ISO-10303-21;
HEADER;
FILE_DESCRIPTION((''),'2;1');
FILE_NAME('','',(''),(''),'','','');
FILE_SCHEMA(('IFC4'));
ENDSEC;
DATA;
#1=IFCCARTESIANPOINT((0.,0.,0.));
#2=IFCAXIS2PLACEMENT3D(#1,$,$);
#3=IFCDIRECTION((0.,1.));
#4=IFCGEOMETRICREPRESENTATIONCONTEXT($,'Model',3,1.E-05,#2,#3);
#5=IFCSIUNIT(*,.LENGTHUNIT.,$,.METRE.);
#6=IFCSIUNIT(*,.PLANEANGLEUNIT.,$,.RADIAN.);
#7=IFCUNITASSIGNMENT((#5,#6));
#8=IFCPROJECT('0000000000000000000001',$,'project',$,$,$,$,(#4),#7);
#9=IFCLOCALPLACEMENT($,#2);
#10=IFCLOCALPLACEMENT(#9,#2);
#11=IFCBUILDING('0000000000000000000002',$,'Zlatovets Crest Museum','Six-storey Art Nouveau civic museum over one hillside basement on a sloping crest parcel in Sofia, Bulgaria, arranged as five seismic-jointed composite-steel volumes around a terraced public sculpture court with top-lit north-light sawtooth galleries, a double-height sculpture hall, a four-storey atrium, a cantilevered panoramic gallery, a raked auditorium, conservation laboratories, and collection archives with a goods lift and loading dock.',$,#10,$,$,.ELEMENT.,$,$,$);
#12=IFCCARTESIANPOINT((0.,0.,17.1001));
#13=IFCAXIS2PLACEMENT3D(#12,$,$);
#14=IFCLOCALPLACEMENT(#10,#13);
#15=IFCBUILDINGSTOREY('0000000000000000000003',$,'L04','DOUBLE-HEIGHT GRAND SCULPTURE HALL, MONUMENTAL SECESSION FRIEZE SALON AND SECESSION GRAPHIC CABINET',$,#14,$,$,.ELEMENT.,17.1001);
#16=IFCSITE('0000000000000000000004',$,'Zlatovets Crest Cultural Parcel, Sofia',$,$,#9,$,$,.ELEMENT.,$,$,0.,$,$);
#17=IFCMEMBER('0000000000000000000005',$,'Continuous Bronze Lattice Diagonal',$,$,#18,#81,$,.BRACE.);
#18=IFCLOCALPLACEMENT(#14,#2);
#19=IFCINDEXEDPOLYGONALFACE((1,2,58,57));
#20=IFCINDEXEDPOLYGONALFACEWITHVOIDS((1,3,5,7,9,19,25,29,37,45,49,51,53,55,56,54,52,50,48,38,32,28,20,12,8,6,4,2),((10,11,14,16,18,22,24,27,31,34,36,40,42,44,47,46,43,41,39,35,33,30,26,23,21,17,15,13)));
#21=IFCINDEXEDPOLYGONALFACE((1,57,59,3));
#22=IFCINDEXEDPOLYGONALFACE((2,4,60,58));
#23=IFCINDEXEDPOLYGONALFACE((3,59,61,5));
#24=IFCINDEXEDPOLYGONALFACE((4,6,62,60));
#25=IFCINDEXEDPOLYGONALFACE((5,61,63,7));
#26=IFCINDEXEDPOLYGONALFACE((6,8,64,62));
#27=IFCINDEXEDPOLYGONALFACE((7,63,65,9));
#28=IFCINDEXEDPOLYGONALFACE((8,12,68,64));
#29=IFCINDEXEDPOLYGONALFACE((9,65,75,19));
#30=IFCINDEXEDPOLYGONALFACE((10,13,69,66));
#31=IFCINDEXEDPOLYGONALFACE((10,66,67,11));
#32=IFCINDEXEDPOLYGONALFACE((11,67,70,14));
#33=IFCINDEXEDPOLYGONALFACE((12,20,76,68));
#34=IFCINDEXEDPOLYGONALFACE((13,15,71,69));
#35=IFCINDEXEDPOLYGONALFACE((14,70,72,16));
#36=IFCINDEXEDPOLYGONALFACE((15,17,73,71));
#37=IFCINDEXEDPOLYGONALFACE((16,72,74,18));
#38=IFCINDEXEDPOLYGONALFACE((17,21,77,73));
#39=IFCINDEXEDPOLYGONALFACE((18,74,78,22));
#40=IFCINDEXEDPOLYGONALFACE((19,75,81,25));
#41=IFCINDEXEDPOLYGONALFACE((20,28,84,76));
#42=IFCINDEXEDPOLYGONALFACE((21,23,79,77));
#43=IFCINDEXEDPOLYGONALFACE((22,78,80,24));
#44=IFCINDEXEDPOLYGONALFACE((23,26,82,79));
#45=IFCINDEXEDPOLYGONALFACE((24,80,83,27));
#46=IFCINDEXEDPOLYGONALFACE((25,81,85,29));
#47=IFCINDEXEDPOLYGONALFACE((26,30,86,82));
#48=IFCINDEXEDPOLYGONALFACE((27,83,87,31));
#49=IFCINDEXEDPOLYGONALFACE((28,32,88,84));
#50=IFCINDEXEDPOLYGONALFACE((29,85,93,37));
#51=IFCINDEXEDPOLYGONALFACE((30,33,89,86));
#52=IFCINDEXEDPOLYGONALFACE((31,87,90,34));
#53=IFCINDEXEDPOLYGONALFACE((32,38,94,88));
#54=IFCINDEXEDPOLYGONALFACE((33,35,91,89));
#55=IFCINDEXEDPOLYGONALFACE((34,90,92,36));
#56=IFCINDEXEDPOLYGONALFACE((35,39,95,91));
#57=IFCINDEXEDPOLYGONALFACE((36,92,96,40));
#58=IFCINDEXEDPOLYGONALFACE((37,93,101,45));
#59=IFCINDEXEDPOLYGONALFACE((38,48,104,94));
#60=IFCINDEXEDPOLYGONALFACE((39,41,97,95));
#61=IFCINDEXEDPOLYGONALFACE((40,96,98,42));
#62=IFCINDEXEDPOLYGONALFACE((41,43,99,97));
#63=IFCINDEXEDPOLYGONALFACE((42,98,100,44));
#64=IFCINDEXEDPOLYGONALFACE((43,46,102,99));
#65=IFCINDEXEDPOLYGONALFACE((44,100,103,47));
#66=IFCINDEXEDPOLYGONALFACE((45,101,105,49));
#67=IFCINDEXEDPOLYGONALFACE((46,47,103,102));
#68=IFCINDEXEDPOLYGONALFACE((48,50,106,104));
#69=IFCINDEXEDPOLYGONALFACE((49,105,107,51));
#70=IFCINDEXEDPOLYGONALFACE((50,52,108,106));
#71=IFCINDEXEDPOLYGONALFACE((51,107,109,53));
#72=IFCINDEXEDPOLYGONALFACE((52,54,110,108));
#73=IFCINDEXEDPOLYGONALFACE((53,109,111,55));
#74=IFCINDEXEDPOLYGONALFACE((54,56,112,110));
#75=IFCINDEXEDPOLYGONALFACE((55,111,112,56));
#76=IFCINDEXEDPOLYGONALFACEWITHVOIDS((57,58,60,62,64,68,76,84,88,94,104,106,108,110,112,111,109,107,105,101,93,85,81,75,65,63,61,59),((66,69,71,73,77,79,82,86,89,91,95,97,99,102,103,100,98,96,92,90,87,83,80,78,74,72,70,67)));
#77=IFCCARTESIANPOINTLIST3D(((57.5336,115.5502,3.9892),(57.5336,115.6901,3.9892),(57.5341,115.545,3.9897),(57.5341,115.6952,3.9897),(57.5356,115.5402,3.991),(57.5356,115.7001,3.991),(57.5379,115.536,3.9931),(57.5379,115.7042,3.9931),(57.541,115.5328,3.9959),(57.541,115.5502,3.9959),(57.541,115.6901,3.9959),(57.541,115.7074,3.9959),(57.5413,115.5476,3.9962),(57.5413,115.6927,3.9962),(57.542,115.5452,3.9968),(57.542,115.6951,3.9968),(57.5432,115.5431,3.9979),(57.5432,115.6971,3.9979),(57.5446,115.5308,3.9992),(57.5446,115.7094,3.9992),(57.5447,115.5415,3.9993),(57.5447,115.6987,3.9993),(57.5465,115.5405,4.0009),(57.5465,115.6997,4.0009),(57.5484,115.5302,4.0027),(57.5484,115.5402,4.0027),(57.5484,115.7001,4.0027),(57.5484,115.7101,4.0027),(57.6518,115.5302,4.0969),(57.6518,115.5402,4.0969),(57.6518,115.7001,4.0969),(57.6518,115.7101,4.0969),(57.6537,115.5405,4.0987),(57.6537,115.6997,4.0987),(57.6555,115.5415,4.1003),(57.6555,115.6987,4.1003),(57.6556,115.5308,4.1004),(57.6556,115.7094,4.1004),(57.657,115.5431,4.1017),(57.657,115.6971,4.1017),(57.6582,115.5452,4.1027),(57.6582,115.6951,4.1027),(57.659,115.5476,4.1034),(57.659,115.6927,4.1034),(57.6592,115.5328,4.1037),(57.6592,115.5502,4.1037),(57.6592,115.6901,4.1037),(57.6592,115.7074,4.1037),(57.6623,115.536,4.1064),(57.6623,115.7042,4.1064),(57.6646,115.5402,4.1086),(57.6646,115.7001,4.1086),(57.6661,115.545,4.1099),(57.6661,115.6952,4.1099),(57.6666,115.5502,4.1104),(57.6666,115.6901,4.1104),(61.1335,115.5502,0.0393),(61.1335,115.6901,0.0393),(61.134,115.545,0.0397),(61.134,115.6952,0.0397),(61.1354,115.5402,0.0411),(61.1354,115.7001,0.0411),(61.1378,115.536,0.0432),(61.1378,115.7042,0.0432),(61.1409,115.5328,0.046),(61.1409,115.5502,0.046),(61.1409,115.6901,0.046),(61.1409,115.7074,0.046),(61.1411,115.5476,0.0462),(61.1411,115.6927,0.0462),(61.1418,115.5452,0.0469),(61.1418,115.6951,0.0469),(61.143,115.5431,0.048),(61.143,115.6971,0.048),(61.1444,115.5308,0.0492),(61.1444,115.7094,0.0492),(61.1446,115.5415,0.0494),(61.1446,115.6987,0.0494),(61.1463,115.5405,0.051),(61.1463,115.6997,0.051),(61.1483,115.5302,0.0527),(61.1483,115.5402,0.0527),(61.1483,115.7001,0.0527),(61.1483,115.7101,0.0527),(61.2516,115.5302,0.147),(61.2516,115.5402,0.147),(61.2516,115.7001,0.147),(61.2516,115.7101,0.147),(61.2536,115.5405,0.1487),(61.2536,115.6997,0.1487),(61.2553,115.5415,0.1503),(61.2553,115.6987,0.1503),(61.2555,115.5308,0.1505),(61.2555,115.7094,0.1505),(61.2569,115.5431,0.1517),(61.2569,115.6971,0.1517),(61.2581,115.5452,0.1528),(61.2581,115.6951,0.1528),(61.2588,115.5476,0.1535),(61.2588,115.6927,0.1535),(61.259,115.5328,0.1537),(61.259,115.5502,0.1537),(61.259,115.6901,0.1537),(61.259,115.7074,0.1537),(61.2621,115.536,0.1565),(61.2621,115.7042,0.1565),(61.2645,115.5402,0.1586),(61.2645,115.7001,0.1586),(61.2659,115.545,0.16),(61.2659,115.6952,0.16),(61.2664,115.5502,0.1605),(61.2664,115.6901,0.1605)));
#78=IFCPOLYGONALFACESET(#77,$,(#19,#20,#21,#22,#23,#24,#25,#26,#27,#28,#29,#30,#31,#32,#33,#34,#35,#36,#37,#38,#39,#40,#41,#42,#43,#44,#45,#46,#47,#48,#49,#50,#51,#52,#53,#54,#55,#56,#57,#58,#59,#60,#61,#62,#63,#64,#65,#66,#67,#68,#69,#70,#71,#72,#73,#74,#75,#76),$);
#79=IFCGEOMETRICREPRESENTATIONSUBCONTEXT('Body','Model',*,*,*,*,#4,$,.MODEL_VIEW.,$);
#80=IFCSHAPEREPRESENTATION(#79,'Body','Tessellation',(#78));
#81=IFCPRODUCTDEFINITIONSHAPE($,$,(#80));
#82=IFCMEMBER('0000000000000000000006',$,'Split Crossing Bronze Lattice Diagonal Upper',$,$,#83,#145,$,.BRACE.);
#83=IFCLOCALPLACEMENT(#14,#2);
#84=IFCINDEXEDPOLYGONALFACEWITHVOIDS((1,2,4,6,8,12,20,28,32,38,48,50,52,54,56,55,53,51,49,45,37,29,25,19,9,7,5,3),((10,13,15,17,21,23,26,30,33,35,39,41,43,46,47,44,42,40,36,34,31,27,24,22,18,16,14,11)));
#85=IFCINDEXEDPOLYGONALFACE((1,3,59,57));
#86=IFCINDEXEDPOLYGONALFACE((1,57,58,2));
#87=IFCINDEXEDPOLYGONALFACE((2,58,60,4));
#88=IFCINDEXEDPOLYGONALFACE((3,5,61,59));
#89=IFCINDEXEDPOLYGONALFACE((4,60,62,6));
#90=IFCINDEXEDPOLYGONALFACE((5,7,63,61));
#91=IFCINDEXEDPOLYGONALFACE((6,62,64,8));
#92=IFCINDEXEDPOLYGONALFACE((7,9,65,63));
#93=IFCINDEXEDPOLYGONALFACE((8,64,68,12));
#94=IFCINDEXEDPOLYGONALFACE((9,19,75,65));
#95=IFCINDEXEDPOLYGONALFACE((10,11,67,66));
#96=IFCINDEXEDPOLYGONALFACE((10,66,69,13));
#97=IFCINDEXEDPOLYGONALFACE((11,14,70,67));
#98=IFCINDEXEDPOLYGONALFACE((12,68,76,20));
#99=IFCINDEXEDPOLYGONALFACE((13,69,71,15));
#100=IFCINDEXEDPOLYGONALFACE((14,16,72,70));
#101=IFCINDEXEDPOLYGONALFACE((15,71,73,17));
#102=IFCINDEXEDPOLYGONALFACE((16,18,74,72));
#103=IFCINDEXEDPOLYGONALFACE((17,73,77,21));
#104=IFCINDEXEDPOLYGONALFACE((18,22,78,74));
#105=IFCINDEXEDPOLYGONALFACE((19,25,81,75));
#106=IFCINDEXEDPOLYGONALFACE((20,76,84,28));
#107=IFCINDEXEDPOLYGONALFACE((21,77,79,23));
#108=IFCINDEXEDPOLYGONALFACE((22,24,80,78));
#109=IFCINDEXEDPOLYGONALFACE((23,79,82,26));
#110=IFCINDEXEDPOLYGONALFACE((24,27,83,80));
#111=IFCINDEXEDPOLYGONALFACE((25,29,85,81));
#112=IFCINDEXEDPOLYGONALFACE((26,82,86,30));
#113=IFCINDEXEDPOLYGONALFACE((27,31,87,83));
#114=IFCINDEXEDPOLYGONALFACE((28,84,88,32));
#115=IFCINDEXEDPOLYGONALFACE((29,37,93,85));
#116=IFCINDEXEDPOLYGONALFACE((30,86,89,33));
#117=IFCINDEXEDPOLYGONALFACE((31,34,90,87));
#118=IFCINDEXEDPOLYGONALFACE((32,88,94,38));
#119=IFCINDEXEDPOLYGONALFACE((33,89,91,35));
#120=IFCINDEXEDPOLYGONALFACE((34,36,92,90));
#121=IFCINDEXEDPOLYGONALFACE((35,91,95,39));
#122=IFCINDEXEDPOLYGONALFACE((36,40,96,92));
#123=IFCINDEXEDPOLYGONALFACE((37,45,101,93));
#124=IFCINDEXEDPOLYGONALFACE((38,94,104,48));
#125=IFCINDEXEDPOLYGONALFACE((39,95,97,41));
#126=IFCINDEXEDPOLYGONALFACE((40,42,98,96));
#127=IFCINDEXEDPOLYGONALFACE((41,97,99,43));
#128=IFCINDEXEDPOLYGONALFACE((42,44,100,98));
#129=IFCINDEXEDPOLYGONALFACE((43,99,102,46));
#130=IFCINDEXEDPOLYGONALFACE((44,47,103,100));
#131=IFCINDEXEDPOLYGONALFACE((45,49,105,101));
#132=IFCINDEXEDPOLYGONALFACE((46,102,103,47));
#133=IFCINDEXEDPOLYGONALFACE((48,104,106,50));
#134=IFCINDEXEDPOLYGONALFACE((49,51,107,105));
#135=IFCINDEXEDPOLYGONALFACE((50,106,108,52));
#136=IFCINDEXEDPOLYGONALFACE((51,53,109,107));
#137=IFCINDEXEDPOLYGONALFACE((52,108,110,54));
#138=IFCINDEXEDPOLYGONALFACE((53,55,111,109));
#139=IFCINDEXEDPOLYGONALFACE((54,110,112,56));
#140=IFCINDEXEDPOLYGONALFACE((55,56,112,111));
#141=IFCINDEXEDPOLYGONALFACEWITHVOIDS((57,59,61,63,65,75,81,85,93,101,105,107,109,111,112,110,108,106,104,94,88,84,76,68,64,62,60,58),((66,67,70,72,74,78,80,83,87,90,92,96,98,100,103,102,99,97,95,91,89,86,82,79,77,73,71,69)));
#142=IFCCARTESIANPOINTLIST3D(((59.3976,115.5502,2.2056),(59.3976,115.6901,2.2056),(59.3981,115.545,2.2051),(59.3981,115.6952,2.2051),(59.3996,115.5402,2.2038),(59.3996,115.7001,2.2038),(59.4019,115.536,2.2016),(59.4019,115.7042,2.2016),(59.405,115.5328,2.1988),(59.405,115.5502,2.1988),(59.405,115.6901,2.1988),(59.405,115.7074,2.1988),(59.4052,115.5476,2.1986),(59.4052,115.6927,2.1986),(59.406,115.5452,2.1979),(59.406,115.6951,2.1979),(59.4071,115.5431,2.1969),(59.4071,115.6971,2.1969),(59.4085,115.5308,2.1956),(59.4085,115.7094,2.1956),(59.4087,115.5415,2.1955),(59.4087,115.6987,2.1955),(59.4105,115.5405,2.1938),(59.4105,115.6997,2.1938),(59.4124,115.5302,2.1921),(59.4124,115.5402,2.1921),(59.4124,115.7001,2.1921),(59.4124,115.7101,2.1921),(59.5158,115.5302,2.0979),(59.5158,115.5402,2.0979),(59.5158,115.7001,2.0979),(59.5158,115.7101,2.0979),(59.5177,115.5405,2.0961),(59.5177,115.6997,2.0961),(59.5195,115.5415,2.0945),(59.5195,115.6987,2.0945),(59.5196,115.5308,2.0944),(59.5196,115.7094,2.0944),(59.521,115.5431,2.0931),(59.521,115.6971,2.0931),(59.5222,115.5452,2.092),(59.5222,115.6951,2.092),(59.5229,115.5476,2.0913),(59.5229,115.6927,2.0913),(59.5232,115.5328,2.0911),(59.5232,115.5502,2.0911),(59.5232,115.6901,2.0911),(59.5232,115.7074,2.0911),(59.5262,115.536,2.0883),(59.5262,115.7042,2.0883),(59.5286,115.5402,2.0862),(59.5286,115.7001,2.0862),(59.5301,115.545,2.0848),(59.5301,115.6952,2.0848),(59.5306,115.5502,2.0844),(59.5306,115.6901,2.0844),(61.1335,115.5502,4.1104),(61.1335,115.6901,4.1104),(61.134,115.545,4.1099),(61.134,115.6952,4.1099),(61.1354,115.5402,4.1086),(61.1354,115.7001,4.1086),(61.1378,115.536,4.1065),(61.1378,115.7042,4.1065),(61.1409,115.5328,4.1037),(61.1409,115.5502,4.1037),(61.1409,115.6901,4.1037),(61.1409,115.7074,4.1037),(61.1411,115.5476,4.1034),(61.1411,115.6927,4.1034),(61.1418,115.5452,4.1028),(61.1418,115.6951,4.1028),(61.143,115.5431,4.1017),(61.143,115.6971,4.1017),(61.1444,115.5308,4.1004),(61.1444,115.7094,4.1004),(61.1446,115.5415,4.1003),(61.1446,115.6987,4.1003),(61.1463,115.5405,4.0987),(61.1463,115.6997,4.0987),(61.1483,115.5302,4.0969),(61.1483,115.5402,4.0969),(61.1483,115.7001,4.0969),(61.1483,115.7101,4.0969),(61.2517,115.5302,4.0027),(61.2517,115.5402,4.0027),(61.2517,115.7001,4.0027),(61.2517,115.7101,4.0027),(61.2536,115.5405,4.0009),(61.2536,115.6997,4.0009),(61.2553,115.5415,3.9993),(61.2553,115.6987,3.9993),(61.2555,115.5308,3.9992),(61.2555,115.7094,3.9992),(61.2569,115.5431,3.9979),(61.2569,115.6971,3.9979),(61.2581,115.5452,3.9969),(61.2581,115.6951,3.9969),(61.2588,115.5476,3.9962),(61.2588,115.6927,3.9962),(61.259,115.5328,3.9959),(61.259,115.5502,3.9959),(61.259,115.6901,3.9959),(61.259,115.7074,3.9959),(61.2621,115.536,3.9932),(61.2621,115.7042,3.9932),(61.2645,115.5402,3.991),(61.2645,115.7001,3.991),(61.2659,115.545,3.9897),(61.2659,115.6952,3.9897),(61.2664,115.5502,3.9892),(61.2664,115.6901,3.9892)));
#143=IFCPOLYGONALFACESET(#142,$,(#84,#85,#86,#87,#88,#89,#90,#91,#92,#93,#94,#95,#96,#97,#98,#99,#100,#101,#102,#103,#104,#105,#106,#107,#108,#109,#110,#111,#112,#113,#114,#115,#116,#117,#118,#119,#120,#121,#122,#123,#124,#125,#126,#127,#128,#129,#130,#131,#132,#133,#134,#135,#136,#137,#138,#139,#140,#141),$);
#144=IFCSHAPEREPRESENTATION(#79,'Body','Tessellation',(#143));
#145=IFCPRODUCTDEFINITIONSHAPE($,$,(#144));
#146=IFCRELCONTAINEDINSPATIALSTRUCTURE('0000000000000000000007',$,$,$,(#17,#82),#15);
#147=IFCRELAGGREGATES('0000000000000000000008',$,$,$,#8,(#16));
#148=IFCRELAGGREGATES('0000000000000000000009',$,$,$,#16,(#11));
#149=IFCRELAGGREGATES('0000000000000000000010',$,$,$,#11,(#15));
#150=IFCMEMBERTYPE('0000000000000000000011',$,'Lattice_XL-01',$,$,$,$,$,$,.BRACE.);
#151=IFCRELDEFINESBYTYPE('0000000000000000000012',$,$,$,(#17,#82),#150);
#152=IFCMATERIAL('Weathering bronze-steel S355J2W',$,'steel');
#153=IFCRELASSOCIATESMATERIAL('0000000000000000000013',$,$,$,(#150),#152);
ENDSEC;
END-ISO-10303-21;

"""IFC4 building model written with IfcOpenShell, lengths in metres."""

from ifc_helpers import new_model, si_unit, direction, frame, origin, origin_2d, place, context, subcontext, project, spatial, hollow_rectangle, extrude, material, material_profile, profile_set, type_object, element, save


model = new_model("IFC4")

# Units and contexts
model_context = context("Model", 3, precision=1e-05, world=origin(), true_north=direction((0.0, 1.0)))
body_context = subcontext(model_context, "Body", "Model", "MODEL_VIEW")
ifc_project = project(units=[si_unit("LENGTHUNIT", "METRE"), si_unit("PLANEANGLEUNIT", "RADIAN")], contexts=[model_context])

# Site, building, storey
site_placement = place(None, origin())
site = spatial("IfcSite", under=ifc_project, at=site_placement, Name="Zlatovets Crest Cultural Parcel, Sofia", CompositionType="ELEMENT", RefElevation=0.0)
building_placement = place(site_placement, origin())
building = spatial("IfcBuilding", under=site, at=building_placement, Name="Zlatovets Crest Museum", Description="Six-storey Art Nouveau civic museum over one hillside basement on a sloping crest parcel in Sofia, Bulgaria, arranged as five seismic-jointed composite-steel volumes around a terraced public sculpture court with top-lit north-light sawtooth galleries, a double-height sculpture hall, a four-storey atrium, a cantilevered panoramic gallery, a raked auditorium, conservation laboratories, and collection archives with a goods lift and loading dock.", CompositionType="ELEMENT")
storey_placement = place(building_placement, frame((0.0, 0.0, 17.1001)))
storey = spatial("IfcBuildingStorey", under=building, at=storey_placement, Name="L04", Description="DOUBLE-HEIGHT GRAND SCULPTURE HALL, MONUMENTAL SECESSION FRIEZE SALON AND SECESSION GRAPHIC CABINET", CompositionType="ELEMENT", Elevation=17.1001)

# Members
ifc_material_1 = material(Name="Weathering bronze-steel S355J2W", Category="steel")
ifc_material_profile_1 = material_profile(ifc_material_1, hollow_rectangle(XDim=0.1799, YDim=0.1799, WallThickness=0.01, InnerFilletRadius=0.01, OuterFilletRadius=0.02, at=origin_2d()), Name="SHS 180x180x10.0")
ifc_profile_set_1 = profile_set([ifc_material_profile_1], Name="Weathering bronze-steel S355J2W")
member_type_1 = type_object("IfcMemberType", Name="Lattice_XL-01", PredefinedType="BRACE", material=ifc_profile_set_1)
member_1_placement = place(storey_placement, frame((61.2, 115.6201, 0.0999), z_axis=(-0.673593, 0.0, 0.739102), x_axis=(0.0, -1.0, 0.0)))
element("IfcMember", 1, at=member_1_placement, inside=storey, type_object=member_type_1, Name="Continuous Bronze Lattice Diagonal", PredefinedType="BRACE", context=body_context, shape_type="SweptSolid", body=[
    extrude(hollow_rectangle(XDim=0.1799, YDim=0.1799, WallThickness=0.01, InnerFilletRadius=0.01, OuterFilletRadius=0.02, at=origin_2d()), origin(), (0.0, 0.0, 1.0), 5.3442),
])
for number, where, z_axis, x_axis, name in (
    (2, (61.2, 115.6201, 4.0498), (-0.673568, 0.0, -0.739125), (0.0, -1.0, 0.0), "Split Crossing Bronze Lattice Diagonal Upper"),
):
    element("IfcMember", number, at=place(storey_placement, frame(where, z_axis=z_axis, x_axis=x_axis)), inside=storey, type_object=member_type_1, Name=name, PredefinedType="BRACE", context=body_context, shape_type="SweptSolid", body=[
        extrude(hollow_rectangle(XDim=0.1799, YDim=0.1799, WallThickness=0.01, InnerFilletRadius=0.01, OuterFilletRadius=0.02, at=origin_2d()), origin(), (0.0, 0.0, 1.0), 2.5771),
    ])

save(model, "model.ifc")
